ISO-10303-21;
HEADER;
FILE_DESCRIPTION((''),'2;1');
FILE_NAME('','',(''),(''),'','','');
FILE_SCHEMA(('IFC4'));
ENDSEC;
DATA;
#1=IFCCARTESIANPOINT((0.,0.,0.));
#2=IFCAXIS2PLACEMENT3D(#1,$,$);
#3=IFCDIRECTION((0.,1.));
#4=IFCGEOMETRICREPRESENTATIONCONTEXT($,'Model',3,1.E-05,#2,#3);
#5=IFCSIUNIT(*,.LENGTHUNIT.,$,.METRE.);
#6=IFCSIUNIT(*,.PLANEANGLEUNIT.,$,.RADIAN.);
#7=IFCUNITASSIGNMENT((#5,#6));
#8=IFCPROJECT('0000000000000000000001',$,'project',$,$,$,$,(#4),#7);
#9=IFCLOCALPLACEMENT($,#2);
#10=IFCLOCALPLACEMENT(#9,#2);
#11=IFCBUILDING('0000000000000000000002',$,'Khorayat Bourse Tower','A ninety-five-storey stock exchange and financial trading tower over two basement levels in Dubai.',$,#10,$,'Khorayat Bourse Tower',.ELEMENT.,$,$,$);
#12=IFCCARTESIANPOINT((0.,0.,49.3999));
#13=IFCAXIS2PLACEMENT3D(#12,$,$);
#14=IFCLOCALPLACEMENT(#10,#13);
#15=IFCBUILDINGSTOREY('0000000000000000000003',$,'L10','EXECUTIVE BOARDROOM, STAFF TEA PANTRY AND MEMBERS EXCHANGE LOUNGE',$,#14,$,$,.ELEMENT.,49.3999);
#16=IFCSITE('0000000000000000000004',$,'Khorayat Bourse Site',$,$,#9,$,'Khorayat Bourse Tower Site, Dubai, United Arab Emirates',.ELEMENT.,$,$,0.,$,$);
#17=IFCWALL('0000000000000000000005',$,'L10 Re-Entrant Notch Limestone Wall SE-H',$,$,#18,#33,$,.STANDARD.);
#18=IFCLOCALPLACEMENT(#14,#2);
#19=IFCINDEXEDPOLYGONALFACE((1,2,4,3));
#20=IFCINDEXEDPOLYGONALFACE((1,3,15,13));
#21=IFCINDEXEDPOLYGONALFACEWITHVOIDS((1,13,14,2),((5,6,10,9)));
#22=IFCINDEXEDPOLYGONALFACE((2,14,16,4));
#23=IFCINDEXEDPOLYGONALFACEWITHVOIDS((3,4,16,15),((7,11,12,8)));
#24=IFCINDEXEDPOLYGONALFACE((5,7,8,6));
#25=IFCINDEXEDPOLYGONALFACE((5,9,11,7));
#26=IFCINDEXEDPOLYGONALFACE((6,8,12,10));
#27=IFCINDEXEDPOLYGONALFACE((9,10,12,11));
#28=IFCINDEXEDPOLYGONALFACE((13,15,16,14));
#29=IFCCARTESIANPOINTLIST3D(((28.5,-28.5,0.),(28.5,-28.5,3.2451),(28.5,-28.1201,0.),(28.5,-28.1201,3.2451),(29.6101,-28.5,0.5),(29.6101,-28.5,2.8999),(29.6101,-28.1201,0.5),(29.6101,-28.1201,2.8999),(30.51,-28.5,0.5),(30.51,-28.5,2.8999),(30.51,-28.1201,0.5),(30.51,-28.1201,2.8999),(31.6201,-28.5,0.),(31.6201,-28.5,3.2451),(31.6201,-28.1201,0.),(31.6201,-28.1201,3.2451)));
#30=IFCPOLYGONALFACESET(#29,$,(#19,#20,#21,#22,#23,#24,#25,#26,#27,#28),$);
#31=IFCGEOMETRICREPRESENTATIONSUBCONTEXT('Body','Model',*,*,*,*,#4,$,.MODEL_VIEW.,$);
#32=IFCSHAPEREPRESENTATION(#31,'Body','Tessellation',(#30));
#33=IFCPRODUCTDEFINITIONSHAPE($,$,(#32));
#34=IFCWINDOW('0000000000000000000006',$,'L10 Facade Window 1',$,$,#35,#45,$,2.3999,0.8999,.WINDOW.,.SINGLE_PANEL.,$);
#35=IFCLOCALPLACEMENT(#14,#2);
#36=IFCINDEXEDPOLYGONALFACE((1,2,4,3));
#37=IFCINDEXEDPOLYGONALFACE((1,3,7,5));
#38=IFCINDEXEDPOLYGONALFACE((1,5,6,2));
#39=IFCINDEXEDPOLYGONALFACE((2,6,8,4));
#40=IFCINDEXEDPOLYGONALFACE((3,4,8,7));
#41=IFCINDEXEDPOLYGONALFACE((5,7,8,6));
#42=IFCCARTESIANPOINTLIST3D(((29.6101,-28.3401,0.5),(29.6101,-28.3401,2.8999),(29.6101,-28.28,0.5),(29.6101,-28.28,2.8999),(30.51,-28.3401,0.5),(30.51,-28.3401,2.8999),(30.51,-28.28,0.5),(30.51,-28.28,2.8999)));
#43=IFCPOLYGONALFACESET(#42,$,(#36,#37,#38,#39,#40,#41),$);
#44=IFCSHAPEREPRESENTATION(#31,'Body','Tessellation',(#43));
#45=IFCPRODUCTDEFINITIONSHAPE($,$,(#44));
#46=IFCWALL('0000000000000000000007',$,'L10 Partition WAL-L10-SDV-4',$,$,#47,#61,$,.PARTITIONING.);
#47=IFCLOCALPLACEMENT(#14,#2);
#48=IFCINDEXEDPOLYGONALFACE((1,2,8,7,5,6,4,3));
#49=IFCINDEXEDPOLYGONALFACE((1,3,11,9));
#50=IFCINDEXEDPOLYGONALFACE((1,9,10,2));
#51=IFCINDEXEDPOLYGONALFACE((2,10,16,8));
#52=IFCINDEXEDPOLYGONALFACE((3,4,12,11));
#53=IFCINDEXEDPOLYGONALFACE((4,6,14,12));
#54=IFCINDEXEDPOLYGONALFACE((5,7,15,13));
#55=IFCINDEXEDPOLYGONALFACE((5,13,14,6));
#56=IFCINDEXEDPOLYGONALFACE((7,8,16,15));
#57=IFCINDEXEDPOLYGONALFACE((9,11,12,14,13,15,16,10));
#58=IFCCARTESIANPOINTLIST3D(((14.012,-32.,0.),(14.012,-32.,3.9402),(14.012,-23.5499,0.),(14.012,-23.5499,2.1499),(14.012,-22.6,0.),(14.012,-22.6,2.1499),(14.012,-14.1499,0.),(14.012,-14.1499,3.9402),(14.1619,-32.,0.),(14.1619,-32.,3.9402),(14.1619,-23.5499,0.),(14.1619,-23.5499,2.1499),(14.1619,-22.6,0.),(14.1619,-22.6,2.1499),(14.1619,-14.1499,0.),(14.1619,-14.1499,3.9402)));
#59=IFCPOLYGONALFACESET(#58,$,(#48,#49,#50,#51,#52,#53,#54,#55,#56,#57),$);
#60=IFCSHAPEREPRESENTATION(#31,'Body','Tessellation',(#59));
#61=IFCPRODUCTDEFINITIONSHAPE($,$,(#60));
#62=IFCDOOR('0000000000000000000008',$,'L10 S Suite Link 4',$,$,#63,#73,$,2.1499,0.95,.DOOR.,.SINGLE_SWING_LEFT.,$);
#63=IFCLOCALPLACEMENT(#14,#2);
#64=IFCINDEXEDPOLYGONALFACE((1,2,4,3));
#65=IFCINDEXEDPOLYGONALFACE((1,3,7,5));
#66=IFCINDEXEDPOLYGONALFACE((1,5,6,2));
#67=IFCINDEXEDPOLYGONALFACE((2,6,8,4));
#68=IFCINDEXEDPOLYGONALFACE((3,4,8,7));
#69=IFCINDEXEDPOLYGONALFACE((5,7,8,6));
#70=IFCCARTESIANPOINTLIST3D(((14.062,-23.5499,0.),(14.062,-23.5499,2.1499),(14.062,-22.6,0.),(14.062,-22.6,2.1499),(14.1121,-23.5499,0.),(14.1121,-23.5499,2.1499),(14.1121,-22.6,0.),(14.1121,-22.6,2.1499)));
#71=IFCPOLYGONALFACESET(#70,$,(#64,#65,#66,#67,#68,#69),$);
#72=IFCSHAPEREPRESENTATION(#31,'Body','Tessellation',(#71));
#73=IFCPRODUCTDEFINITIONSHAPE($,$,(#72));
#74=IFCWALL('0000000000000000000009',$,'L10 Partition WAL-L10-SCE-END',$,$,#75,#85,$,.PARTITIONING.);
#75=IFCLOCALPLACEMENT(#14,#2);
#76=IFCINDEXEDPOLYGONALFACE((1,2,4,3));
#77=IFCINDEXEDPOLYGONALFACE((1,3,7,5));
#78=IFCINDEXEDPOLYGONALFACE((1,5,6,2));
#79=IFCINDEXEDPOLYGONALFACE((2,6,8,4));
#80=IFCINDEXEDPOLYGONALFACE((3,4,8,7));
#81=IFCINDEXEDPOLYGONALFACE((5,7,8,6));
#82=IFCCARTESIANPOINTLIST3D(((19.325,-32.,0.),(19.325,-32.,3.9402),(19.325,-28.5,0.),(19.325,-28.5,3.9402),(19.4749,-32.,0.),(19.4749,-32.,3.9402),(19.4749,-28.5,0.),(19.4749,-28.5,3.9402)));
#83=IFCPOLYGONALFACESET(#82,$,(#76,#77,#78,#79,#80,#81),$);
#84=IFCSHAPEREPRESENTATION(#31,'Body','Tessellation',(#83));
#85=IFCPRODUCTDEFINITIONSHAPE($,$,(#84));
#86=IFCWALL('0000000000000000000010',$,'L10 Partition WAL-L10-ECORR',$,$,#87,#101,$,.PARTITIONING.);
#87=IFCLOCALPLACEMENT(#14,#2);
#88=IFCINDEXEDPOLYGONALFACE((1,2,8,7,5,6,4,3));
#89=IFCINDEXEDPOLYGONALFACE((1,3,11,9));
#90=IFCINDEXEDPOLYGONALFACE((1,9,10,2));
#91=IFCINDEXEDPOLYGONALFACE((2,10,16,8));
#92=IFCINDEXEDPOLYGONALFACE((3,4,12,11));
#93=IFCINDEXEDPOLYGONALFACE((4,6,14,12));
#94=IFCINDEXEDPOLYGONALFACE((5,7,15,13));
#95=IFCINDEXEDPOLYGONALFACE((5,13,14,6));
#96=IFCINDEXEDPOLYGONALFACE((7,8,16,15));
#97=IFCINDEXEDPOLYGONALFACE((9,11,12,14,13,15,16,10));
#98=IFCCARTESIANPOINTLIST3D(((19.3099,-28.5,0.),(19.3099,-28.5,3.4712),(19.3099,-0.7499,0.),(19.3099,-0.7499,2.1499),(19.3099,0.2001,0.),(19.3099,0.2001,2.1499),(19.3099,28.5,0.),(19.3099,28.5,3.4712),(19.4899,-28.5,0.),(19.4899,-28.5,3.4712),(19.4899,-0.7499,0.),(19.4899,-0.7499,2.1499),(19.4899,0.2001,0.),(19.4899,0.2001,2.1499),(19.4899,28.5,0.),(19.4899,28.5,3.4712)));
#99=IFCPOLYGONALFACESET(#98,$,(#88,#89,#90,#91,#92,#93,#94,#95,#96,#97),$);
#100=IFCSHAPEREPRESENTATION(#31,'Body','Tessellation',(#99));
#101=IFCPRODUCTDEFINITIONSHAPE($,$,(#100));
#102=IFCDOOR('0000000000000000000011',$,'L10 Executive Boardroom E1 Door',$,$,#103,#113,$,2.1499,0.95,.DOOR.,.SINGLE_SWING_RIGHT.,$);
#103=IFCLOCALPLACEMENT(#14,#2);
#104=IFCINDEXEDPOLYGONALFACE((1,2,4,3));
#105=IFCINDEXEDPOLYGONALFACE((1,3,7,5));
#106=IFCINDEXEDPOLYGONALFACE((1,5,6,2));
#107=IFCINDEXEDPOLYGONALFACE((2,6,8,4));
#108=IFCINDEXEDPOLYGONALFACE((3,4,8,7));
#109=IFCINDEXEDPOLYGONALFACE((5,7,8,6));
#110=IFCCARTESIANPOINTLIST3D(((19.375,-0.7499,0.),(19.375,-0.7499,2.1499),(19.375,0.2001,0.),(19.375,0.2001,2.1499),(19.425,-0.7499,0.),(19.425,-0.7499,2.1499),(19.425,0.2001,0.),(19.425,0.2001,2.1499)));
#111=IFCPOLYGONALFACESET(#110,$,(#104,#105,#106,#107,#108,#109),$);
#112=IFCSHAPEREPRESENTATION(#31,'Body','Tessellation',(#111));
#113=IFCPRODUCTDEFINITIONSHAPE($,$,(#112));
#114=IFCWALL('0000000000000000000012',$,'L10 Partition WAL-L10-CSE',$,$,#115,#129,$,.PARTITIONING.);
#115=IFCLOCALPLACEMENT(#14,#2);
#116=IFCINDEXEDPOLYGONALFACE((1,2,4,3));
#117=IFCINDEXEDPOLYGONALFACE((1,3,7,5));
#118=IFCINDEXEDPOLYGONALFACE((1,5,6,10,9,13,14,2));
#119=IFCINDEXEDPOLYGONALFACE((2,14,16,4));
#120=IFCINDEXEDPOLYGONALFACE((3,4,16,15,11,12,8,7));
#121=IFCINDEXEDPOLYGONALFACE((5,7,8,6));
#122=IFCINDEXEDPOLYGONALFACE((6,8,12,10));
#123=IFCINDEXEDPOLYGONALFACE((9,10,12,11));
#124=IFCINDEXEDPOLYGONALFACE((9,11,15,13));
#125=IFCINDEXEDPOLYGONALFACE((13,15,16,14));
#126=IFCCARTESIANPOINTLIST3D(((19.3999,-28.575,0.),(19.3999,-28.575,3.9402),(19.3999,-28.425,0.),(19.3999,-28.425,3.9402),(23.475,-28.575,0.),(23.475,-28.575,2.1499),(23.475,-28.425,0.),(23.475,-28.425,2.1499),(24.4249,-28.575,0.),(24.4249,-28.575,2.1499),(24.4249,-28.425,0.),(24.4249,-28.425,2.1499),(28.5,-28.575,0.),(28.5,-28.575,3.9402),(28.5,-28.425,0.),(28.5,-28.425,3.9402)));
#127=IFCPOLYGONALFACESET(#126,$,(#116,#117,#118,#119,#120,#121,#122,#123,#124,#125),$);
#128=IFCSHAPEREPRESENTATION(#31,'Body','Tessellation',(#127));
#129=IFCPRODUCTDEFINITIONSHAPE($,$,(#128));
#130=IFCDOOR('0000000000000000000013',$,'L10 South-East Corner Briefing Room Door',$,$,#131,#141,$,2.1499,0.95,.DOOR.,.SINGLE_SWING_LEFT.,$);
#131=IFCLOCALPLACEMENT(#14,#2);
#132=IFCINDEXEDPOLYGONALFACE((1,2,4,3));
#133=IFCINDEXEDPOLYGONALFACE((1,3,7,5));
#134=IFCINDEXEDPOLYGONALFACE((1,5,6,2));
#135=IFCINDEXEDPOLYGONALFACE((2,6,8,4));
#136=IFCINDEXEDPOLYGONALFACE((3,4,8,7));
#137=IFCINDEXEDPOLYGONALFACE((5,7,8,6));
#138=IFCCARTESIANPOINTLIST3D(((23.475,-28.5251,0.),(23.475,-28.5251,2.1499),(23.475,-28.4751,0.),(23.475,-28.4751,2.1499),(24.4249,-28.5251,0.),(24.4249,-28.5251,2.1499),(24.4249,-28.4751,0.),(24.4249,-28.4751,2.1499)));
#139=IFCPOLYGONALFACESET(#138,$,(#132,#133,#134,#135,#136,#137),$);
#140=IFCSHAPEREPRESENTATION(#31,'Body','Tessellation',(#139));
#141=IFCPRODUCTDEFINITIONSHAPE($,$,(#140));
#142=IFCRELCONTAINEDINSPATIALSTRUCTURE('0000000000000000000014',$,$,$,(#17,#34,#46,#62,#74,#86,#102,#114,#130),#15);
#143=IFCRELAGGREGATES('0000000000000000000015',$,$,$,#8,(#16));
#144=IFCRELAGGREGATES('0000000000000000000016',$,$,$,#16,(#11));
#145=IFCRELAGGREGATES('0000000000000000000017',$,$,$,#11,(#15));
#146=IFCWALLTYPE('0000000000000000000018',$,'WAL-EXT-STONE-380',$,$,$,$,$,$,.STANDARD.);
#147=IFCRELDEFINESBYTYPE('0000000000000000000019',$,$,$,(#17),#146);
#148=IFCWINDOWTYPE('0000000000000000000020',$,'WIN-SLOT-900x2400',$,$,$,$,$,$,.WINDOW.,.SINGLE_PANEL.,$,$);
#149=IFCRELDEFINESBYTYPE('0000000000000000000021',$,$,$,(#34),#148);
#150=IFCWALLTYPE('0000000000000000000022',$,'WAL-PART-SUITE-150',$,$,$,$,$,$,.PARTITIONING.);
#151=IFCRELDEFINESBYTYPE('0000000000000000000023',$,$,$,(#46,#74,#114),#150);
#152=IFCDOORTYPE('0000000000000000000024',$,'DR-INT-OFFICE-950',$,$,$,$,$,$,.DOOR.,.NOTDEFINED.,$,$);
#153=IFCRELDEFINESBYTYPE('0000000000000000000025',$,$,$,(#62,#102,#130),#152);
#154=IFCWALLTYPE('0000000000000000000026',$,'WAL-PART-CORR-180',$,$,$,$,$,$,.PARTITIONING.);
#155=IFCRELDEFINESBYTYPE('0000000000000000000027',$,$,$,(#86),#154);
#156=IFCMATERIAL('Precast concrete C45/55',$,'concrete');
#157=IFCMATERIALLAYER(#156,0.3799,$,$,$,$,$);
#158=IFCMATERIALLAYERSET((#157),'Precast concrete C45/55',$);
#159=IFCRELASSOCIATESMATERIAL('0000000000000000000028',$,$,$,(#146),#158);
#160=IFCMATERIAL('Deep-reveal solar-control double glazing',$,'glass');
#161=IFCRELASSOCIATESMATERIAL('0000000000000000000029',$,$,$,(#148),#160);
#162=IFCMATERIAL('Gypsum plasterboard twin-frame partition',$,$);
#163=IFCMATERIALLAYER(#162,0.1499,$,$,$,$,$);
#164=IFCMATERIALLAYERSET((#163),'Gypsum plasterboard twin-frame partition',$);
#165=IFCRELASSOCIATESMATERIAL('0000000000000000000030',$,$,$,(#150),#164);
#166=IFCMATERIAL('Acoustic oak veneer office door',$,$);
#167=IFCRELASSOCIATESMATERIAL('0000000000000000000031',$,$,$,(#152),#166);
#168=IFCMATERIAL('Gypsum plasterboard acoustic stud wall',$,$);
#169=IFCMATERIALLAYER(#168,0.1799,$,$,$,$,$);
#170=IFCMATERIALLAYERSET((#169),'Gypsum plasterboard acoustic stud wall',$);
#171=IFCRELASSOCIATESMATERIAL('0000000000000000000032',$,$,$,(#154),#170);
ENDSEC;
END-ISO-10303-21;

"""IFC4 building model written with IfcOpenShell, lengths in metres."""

from ifc_helpers import new_model, si_unit, direction, frame, frame_2d, origin, place, context, subcontext, project, spatial, rectangle, extrude, source, transform, mapped, material, layer, layer_set, type_object, element, fill, save


model = new_model("IFC4")

# Units and contexts
model_context = context("Model", 3, precision=1e-05, world=origin(), true_north=direction((0.0, 1.0)))
body_context = subcontext(model_context, "Body", "Model", "MODEL_VIEW")
ifc_project = project(units=[si_unit("LENGTHUNIT", "METRE"), si_unit("PLANEANGLEUNIT", "RADIAN")], contexts=[model_context])

# Site, building, storey
site_placement = place(None, origin())
site = spatial("IfcSite", under=ifc_project, at=site_placement, Name="Khorayat Bourse Site", LongName="Khorayat Bourse Tower Site, Dubai, United Arab Emirates", CompositionType="ELEMENT", RefElevation=0.0)
building_placement = place(site_placement, origin())
building = spatial("IfcBuilding", under=site, at=building_placement, Name="Khorayat Bourse Tower", Description="A ninety-five-storey stock exchange and financial trading tower over two basement levels in Dubai.", LongName="Khorayat Bourse Tower", CompositionType="ELEMENT")
storey_placement = place(building_placement, frame((0.0, 0.0, 49.3999)))
storey = spatial("IfcBuildingStorey", under=building, at=storey_placement, Name="L10", Description="EXECUTIVE BOARDROOM, STAFF TEA PANTRY AND MEMBERS EXCHANGE LOUNGE", CompositionType="ELEMENT", Elevation=49.3999)

# Wall, opening, window
ifc_material_1 = material(Name="Precast concrete C45/55", Category="concrete")
ifc_layer_1 = layer(ifc_material_1, 0.3799)
ifc_layer_set_1 = layer_set([ifc_layer_1], Name="Precast concrete C45/55")
wall_type_1 = type_object("IfcWallType", Name="WAL-EXT-STONE-380", PredefinedType="STANDARD", material=ifc_layer_set_1)
shared_shape_1 = source(origin(), body_context, "Body", "SweptSolid", [
    extrude(rectangle(XDim=3.1201, YDim=0.3799, at=frame_2d((1.5601, 0.0))), origin(), (0.0, 0.0, 1.0), 3.2451),
])
shared_shape_2 = source(origin(), body_context, "Body", "SweptSolid", [
    extrude(rectangle(XDim=0.8999, YDim=2.3999, at=frame_2d((0.45, 1.2))), frame((0.0, 0.2, 0.0), z_axis=(0.0, -1.0, 0.0), x_axis=(1.0, 0.0, 0.0)), (0.0, 0.0, 1.0), 0.3999),
])
ifc_material_2 = material(Name="Deep-reveal solar-control double glazing", Category="glass")
window_type = type_object("IfcWindowType", Name="WIN-SLOT-900x2400", PartitioningType="SINGLE_PANEL", PredefinedType="WINDOW", material=ifc_material_2)
shared_shape_3 = source(origin(), body_context, "Body", "SweptSolid", [
    extrude(rectangle(XDim=0.8999, YDim=2.3999, at=frame_2d((0.45, 1.2))), frame((0.0, 0.03, 0.0), z_axis=(0.0, -1.0, 0.0), x_axis=(1.0, 0.0, 0.0)), (0.0, 0.0, 1.0), 0.0601),
])
wall_1_placement = place(storey_placement, frame((28.5, -28.3101, 0.0), z_axis=(0.0, 0.0, 1.0), x_axis=(1.0, 0.0, 0.0)))
wall_1 = element("IfcWall", 1, at=wall_1_placement, inside=storey, type_object=wall_type_1, Name="L10 Re-Entrant Notch Limestone Wall SE-H", PredefinedType="STANDARD", context=body_context, shape_type="MappedRepresentation", body=[
    mapped(shared_shape_1, transform((0.0, 0.0, 0.0), scale=1.0)),
])
opening_1_placement = place(wall_1_placement, frame((1.1101, 0.0, 0.5)))
opening_1 = element("IfcOpeningElement", 2, at=opening_1_placement, cuts=wall_1, PredefinedType="OPENING", context=body_context, shape_type="MappedRepresentation", body=[
    mapped(shared_shape_2, transform((0.0, 0.0, 0.0), scale=1.0)),
])
window_1_placement = place(opening_1_placement, origin())
window_1 = element("IfcWindow", 3, at=window_1_placement, inside=storey, type_object=window_type, Name="L10 Facade Window 1", OverallHeight=2.3999, OverallWidth=0.8999, PartitioningType="SINGLE_PANEL", PredefinedType="WINDOW", context=body_context, shape_type="MappedRepresentation", body=[
    mapped(shared_shape_3, transform((0.0, 0.0, 0.0), scale=1.0)),
])
fill(opening_1, window_1)

# Wall, opening, door
ifc_material_3 = material(Name="Gypsum plasterboard twin-frame partition")
ifc_layer_2 = layer(ifc_material_3, 0.1499)
ifc_layer_set_2 = layer_set([ifc_layer_2], Name="Gypsum plasterboard twin-frame partition")
wall_type_2 = type_object("IfcWallType", Name="WAL-PART-SUITE-150", PredefinedType="PARTITIONING", material=ifc_layer_set_2)
shared_shape_4 = source(origin(), body_context, "Body", "SweptSolid", [
    extrude(rectangle(XDim=17.8501, YDim=0.1499, at=frame_2d((8.925, 0.0))), origin(), (0.0, 0.0, 1.0), 3.9402),
])
wall_2_placement = place(storey_placement, frame((14.0869, -32.0, 0.0), z_axis=(0.0, 0.0, 1.0), x_axis=(0.0, 1.0, 0.0)))
wall_2 = element("IfcWall", 4, at=wall_2_placement, inside=storey, type_object=wall_type_2, Name="L10 Partition WAL-L10-SDV-4", PredefinedType="PARTITIONING", context=body_context, shape_type="MappedRepresentation", body=[
    mapped(shared_shape_4, transform((0.0, 0.0, 0.0), scale=1.0)),
])
shared_shape_5 = source(origin(), body_context, "Body", "SweptSolid", [
    extrude(rectangle(XDim=0.95, YDim=2.1499, at=frame_2d((0.4751, 1.075))), frame((0.0, 0.085, 0.0), z_axis=(0.0, -1.0, 0.0), x_axis=(1.0, 0.0, 0.0)), (0.0, 0.0, 1.0), 0.1699),
])
opening_2_placement = place(wall_2_placement, frame((8.45, 0.0, 0.0)))
opening_2 = element("IfcOpeningElement", 5, at=opening_2_placement, cuts=wall_2, PredefinedType="OPENING", context=body_context, shape_type="MappedRepresentation", body=[
    mapped(shared_shape_5, transform((0.0, 0.0, 0.0), scale=1.0)),
])
ifc_material_4 = material(Name="Acoustic oak veneer office door")
door_type = type_object("IfcDoorType", Name="DR-INT-OFFICE-950", OperationType="NOTDEFINED", PredefinedType="DOOR", material=ifc_material_4)
shared_shape_6 = source(origin(), body_context, "Body", "SweptSolid", [
    extrude(rectangle(XDim=0.95, YDim=2.1499, at=frame_2d((0.4751, 1.075))), frame((0.0, 0.0249, 0.0), z_axis=(0.0, -1.0, 0.0), x_axis=(1.0, 0.0, 0.0)), (0.0, 0.0, 1.0), 0.05),
])
door_1_placement = place(opening_2_placement, origin())
door_1 = element("IfcDoor", 6, at=door_1_placement, inside=storey, type_object=door_type, Name="L10 S Suite Link 4", OperationType="SINGLE_SWING_LEFT", OverallHeight=2.1499, OverallWidth=0.95, PredefinedType="DOOR", context=body_context, shape_type="MappedRepresentation", body=[
    mapped(shared_shape_6, transform((0.0, 0.0, 0.0), scale=1.0)),
])
fill(opening_2, door_1)

# Wall
shared_shape_7 = source(origin(), body_context, "Body", "SweptSolid", [
    extrude(rectangle(XDim=3.5, YDim=0.1499, at=frame_2d((1.75, 0.0))), origin(), (0.0, 0.0, 1.0), 3.9402),
])
wall_3_placement = place(storey_placement, frame((19.3999, -32.0, 0.0), z_axis=(0.0, 0.0, 1.0), x_axis=(0.0, 1.0, 0.0)))
element("IfcWall", 7, at=wall_3_placement, inside=storey, type_object=wall_type_2, Name="L10 Partition WAL-L10-SCE-END", PredefinedType="PARTITIONING", context=body_context, shape_type="MappedRepresentation", body=[
    mapped(shared_shape_7, transform((0.0, 0.0, 0.0), scale=1.0)),
])

# Walls, openings, doors
ifc_material_5 = material(Name="Gypsum plasterboard acoustic stud wall")
ifc_layer_3 = layer(ifc_material_5, 0.1799)
ifc_layer_set_3 = layer_set([ifc_layer_3], Name="Gypsum plasterboard acoustic stud wall")
wall_type_3 = type_object("IfcWallType", Name="WAL-PART-CORR-180", PredefinedType="PARTITIONING", material=ifc_layer_set_3)
shared_shape_8 = source(origin(), body_context, "Body", "SweptSolid", [
    extrude(rectangle(XDim=57.0, YDim=0.1799, at=frame_2d((28.5, 0.0))), origin(), (0.0, 0.0, 1.0), 3.4712),
])
wall_4_placement = place(storey_placement, frame((19.3999, -28.5, 0.0), z_axis=(0.0, 0.0, 1.0), x_axis=(0.0, 1.0, 0.0)))
wall_4 = element("IfcWall", 8, at=wall_4_placement, inside=storey, type_object=wall_type_3, Name="L10 Partition WAL-L10-ECORR", PredefinedType="PARTITIONING", context=body_context, shape_type="MappedRepresentation", body=[
    mapped(shared_shape_8, transform((0.0, 0.0, 0.0), scale=1.0)),
])
shared_shape_9 = source(origin(), body_context, "Body", "SweptSolid", [
    extrude(rectangle(XDim=0.95, YDim=2.1499, at=frame_2d((0.4751, 1.075))), frame((0.0, 0.0999, 0.0), z_axis=(0.0, -1.0, 0.0), x_axis=(1.0, 0.0, 0.0)), (0.0, 0.0, 1.0), 0.2),
])
opening_3_placement = place(wall_4_placement, frame((27.75, 0.0, 0.0)))
opening_3 = element("IfcOpeningElement", 9, at=opening_3_placement, cuts=wall_4, PredefinedType="OPENING", context=body_context, shape_type="MappedRepresentation", body=[
    mapped(shared_shape_9, transform((0.0, 0.0, 0.0), scale=1.0)),
])
door_2_placement = place(opening_3_placement, origin())
door_2 = element("IfcDoor", 10, at=door_2_placement, inside=storey, type_object=door_type, Name="L10 Executive Boardroom E1 Door", OperationType="SINGLE_SWING_RIGHT", OverallHeight=2.1499, OverallWidth=0.95, PredefinedType="DOOR", context=body_context, shape_type="MappedRepresentation", body=[
    mapped(shared_shape_6, transform((0.0, 0.0, 0.0), scale=1.0)),
])
fill(opening_3, door_2)
shared_shape_10 = source(origin(), body_context, "Body", "SweptSolid", [
    extrude(rectangle(XDim=9.1001, YDim=0.1499, at=frame_2d((4.55, 0.0))), origin(), (0.0, 0.0, 1.0), 3.9402),
])
wall_5_placement = place(storey_placement, frame((19.3999, -28.5, 0.0), z_axis=(0.0, 0.0, 1.0), x_axis=(1.0, 0.0, 0.0)))
wall_5 = element("IfcWall", 11, at=wall_5_placement, inside=storey, type_object=wall_type_2, Name="L10 Partition WAL-L10-CSE", PredefinedType="PARTITIONING", context=body_context, shape_type="MappedRepresentation", body=[
    mapped(shared_shape_10, transform((0.0, 0.0, 0.0), scale=1.0)),
])
opening_4_placement = place(wall_5_placement, frame((4.075, 0.0, 0.0)))
opening_4 = element("IfcOpeningElement", 12, at=opening_4_placement, cuts=wall_5, PredefinedType="OPENING", context=body_context, shape_type="MappedRepresentation", body=[
    mapped(shared_shape_5, transform((0.0, 0.0, 0.0), scale=1.0)),
])
door_3_placement = place(opening_4_placement, origin())
door_3 = element("IfcDoor", 13, at=door_3_placement, inside=storey, type_object=door_type, Name="L10 South-East Corner Briefing Room Door", OperationType="SINGLE_SWING_LEFT", OverallHeight=2.1499, OverallWidth=0.95, PredefinedType="DOOR", context=body_context, shape_type="MappedRepresentation", body=[
    mapped(shared_shape_6, transform((0.0, 0.0, 0.0), scale=1.0)),
])
fill(opening_4, door_3)

save(model, "model.ifc")
